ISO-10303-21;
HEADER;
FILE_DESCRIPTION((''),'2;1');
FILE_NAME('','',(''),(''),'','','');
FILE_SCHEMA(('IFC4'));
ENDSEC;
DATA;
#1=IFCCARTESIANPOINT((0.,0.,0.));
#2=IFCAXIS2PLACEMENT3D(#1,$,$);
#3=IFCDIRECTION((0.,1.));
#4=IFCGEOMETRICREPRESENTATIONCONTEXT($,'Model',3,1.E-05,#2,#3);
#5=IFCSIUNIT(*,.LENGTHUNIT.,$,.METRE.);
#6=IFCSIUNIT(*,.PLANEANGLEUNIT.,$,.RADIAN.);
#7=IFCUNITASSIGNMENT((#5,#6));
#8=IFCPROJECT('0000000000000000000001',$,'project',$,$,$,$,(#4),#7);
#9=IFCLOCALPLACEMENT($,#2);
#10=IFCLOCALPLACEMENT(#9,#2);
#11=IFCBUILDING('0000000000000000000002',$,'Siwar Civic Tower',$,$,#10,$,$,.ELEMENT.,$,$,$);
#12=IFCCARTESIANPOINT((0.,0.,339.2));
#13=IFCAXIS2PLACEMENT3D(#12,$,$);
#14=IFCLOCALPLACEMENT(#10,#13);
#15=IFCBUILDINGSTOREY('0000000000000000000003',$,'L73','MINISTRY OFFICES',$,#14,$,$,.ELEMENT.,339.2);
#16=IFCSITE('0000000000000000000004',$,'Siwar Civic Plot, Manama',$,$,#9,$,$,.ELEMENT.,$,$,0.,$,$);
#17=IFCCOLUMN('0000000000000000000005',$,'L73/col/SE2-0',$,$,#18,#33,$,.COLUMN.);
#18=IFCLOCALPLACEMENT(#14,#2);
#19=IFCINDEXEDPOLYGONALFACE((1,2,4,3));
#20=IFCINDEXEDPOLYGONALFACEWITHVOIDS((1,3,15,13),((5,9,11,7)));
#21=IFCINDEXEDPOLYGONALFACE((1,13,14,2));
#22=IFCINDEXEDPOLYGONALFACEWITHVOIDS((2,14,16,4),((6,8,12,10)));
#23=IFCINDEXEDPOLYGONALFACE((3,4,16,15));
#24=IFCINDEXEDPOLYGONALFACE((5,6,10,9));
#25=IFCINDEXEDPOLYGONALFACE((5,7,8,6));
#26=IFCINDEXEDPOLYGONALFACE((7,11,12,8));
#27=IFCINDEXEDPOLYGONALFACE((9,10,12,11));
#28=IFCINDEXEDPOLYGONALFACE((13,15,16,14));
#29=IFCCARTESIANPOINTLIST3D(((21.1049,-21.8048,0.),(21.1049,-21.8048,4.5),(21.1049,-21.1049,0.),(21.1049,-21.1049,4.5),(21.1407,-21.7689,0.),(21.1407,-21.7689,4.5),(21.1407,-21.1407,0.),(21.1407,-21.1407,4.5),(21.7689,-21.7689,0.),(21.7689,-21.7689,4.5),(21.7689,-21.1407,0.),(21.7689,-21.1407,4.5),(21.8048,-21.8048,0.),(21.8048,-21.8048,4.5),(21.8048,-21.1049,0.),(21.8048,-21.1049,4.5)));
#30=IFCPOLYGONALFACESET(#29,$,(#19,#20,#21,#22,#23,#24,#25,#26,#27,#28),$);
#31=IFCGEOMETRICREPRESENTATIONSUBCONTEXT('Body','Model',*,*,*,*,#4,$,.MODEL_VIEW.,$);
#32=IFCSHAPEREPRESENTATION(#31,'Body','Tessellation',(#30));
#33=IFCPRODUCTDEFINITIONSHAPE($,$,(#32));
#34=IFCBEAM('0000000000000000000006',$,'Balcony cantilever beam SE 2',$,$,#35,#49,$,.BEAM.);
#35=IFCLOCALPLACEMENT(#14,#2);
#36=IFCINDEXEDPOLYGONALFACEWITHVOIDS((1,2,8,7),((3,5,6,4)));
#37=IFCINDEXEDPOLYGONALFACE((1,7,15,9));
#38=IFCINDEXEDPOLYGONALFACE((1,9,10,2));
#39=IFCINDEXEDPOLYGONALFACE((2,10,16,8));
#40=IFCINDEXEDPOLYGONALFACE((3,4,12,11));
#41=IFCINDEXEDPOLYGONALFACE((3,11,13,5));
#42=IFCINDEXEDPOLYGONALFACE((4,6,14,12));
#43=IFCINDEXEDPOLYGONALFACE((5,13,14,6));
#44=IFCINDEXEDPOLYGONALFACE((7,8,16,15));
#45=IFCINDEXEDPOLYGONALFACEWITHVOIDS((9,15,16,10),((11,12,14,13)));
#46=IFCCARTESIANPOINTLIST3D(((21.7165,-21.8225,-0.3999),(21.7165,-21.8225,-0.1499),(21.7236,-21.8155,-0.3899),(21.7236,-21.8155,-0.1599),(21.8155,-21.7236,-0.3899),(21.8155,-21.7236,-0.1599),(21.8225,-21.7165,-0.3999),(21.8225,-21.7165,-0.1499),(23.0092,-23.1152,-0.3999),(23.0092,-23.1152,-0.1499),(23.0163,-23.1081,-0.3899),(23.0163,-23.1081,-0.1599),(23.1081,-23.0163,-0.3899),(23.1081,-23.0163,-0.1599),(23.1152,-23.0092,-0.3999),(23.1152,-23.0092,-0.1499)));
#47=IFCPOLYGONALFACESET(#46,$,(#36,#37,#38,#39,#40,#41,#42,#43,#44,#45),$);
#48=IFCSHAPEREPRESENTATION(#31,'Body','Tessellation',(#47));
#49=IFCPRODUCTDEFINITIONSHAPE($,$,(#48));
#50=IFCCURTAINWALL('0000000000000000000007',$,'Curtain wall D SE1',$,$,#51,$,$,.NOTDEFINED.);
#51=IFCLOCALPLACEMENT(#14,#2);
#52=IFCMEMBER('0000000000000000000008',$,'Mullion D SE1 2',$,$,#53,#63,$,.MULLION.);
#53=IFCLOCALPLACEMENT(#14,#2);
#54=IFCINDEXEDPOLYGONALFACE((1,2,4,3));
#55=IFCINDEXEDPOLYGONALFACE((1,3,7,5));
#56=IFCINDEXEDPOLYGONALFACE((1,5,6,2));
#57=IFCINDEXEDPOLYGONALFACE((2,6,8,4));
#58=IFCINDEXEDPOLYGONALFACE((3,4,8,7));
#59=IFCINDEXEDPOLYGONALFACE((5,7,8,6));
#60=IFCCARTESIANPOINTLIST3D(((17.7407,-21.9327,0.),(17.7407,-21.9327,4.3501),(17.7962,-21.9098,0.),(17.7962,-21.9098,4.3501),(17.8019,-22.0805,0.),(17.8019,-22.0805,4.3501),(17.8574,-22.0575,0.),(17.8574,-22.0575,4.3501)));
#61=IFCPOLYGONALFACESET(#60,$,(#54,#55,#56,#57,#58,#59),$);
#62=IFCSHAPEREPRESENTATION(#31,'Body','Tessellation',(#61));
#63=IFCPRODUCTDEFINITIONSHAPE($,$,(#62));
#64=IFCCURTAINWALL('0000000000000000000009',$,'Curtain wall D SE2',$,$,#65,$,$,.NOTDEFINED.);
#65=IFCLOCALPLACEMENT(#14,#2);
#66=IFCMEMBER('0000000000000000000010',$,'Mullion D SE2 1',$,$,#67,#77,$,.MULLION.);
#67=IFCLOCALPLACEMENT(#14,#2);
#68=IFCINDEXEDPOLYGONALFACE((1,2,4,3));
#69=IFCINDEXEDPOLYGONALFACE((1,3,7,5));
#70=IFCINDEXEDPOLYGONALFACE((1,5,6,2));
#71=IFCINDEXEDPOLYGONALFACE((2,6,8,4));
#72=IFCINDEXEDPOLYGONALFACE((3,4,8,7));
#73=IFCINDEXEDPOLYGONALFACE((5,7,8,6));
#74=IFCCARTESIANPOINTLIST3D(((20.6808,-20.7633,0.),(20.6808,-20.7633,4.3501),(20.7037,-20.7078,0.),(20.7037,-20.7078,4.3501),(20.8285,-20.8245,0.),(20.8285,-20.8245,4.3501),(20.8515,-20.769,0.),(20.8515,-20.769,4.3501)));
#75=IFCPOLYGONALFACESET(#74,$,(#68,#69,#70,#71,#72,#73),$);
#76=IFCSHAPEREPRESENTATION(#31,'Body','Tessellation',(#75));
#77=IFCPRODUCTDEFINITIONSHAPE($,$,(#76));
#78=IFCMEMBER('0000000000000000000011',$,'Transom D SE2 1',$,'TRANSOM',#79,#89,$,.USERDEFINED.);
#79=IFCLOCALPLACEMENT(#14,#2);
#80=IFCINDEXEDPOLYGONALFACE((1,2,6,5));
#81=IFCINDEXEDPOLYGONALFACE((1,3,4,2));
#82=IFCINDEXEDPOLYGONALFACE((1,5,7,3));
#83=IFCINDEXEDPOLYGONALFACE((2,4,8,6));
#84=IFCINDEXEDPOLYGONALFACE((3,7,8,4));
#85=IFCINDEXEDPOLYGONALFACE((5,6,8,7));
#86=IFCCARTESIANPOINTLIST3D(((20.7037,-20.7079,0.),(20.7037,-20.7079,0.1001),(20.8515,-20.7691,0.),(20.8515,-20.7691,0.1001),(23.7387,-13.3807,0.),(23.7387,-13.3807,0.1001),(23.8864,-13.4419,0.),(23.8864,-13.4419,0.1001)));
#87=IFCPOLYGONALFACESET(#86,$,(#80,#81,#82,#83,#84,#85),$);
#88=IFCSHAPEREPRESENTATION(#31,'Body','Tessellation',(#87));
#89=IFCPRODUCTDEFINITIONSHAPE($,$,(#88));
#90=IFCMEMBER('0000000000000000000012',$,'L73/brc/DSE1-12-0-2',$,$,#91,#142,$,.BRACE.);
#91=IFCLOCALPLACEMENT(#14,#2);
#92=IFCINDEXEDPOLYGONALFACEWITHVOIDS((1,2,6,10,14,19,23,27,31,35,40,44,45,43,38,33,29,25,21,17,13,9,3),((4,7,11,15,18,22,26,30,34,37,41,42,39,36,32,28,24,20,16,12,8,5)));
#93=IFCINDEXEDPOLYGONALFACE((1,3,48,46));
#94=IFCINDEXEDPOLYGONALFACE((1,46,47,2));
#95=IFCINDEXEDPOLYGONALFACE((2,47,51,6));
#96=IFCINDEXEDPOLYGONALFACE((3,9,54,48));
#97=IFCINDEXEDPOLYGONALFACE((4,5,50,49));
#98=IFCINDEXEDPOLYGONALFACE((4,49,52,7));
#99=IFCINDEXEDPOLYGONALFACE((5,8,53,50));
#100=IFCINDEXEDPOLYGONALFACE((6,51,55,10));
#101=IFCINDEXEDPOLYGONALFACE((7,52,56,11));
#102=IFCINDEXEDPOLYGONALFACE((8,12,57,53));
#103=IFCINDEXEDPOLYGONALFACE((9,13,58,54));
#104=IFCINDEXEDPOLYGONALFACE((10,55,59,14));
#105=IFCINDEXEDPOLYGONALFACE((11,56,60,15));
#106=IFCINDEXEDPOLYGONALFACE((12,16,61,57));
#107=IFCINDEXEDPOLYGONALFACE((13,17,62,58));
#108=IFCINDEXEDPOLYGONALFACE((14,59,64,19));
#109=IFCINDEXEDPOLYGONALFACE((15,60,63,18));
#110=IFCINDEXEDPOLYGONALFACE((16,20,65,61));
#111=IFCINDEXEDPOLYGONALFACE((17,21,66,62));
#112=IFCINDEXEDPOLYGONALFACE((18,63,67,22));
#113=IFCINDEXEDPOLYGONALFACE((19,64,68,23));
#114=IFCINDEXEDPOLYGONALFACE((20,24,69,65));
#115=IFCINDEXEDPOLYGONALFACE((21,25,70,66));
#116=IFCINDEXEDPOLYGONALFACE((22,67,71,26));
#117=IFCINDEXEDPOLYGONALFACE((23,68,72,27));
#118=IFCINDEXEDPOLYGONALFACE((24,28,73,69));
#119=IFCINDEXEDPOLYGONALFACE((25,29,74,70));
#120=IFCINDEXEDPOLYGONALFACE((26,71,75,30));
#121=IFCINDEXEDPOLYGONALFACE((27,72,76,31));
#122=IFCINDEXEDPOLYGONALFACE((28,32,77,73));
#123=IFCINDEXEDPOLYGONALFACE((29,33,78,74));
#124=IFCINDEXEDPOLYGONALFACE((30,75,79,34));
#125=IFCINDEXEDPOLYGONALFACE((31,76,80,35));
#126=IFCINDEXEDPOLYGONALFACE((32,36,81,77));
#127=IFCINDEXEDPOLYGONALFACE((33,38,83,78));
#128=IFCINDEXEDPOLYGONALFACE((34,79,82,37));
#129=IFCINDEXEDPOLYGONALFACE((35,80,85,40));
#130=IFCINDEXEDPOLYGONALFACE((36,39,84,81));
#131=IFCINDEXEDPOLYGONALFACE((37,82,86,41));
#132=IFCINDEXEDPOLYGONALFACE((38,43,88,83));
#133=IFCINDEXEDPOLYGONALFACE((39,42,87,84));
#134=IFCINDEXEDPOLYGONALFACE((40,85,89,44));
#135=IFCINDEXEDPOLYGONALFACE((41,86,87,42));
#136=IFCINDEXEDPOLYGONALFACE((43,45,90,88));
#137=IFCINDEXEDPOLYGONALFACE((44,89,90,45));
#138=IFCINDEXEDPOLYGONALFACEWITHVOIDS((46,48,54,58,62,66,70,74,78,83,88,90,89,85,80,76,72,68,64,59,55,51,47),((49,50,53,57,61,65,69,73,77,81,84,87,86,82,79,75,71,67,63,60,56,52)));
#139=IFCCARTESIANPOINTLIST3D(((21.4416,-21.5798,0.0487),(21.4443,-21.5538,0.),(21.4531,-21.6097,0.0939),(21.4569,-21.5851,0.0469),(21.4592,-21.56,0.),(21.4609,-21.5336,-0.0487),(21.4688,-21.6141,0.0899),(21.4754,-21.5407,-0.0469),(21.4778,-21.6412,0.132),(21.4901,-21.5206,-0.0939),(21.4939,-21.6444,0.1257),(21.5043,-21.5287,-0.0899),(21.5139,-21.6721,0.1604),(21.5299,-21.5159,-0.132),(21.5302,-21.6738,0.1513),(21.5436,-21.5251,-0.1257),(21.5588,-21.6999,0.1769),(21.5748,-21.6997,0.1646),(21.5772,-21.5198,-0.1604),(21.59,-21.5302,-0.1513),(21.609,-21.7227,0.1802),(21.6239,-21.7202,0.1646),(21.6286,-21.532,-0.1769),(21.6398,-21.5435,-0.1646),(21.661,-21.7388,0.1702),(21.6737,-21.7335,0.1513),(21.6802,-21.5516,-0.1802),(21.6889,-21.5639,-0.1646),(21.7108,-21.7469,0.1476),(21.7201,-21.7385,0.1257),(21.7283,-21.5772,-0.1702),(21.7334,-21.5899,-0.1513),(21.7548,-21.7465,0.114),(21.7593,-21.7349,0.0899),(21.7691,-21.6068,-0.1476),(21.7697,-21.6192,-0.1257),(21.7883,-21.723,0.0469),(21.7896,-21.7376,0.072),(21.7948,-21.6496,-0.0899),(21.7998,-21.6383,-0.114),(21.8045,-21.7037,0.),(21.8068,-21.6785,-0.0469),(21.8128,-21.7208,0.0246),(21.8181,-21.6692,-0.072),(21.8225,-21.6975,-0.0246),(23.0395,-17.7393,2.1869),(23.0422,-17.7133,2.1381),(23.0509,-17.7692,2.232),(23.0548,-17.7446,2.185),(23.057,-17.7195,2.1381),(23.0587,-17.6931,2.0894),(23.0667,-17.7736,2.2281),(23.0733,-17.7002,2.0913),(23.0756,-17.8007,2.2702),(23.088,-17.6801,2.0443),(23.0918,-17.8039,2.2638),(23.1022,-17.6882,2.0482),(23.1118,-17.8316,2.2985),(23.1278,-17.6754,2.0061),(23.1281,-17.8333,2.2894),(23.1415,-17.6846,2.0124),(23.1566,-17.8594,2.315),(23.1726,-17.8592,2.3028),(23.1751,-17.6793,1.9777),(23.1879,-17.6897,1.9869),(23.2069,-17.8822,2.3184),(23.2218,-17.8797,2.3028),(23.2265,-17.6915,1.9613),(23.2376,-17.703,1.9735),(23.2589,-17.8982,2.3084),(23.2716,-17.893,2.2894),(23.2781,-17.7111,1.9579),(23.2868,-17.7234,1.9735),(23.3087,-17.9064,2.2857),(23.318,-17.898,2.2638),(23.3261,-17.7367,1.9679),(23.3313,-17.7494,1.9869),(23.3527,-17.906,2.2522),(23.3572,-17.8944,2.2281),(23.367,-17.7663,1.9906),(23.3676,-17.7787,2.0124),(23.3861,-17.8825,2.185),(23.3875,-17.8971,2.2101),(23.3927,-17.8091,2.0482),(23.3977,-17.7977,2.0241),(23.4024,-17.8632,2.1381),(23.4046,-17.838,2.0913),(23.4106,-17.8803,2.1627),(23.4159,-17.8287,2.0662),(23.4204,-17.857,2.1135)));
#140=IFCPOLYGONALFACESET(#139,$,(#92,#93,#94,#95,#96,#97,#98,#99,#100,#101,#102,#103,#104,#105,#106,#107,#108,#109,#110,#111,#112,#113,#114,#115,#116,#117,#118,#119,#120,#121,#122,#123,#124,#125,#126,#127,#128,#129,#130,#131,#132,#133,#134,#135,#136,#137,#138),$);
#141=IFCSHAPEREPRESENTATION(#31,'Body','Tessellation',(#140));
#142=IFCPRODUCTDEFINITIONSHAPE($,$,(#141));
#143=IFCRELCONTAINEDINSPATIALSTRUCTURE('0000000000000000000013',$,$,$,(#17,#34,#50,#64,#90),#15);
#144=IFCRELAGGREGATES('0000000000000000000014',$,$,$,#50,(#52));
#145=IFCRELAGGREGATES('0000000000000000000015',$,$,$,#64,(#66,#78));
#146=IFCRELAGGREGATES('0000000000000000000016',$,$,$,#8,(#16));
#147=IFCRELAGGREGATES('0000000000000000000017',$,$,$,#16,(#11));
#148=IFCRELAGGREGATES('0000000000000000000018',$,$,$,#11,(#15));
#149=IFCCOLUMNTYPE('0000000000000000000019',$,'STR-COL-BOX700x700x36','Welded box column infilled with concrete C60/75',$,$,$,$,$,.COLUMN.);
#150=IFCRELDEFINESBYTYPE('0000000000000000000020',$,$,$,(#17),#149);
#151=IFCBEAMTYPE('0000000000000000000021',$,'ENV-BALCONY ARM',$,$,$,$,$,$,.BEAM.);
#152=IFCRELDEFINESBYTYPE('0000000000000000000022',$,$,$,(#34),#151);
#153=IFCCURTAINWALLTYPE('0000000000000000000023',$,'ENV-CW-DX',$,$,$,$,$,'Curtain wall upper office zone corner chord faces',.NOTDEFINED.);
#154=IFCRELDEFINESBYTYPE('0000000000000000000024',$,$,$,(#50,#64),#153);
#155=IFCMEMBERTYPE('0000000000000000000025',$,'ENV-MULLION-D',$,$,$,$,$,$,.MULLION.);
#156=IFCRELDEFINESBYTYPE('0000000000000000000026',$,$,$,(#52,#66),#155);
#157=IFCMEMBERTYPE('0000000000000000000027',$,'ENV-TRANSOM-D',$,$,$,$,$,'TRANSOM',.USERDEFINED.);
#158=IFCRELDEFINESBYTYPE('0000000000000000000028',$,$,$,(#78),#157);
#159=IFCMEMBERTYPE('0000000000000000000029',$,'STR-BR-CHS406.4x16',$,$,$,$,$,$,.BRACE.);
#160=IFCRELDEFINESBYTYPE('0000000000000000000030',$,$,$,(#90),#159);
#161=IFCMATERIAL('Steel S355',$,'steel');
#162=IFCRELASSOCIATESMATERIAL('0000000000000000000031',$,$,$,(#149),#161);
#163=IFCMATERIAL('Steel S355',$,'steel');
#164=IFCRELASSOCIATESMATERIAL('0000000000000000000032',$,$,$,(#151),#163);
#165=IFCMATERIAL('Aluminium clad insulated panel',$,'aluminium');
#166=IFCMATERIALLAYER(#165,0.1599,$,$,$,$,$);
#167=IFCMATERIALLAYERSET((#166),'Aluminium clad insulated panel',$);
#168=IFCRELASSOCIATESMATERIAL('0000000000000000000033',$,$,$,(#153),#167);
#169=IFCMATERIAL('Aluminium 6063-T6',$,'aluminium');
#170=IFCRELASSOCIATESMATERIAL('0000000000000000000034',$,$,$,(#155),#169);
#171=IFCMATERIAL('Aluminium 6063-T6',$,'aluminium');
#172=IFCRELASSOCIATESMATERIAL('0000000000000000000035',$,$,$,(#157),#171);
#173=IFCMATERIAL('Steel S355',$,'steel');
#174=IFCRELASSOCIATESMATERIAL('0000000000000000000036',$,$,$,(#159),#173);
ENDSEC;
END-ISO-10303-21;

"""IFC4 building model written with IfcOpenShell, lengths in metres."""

from ifc_helpers import new_model, si_unit, direction, frame, origin, origin_2d, place, context, subcontext, project, spatial, rectangle, hollow_rectangle, hollow_circle, extrude, material, layer, layer_set, material_profile, profile_set, type_object, element, aggregate, save


model = new_model("IFC4")

# Units and contexts
model_context = context("Model", 3, precision=1e-05, world=origin(), true_north=direction((0.0, 1.0)))
body_context = subcontext(model_context, "Body", "Model", "MODEL_VIEW")
ifc_project = project(units=[si_unit("LENGTHUNIT", "METRE"), si_unit("PLANEANGLEUNIT", "RADIAN")], contexts=[model_context])

# Site, building, storey
site_placement = place(None, origin())
site = spatial("IfcSite", under=ifc_project, at=site_placement, Name="Siwar Civic Plot, Manama", CompositionType="ELEMENT", RefElevation=0.0)
building_placement = place(site_placement, origin())
building = spatial("IfcBuilding", under=site, at=building_placement, Name="Siwar Civic Tower", CompositionType="ELEMENT")
storey_placement = place(building_placement, frame((0.0, 0.0, 339.2)))
storey = spatial("IfcBuildingStorey", under=building, at=storey_placement, Name="L73", Description="MINISTRY OFFICES", CompositionType="ELEMENT", Elevation=339.2)

# Column
ifc_material_1 = material(Name="Steel S355", Category="steel")
ifc_material_profile_1 = material_profile(ifc_material_1, hollow_rectangle(XDim=0.7, YDim=0.7, WallThickness=0.0359, at=origin_2d()), Name="BOX700x700x36")
ifc_profile_set_1 = profile_set([ifc_material_profile_1], Name="Steel S355")
column_type = type_object("IfcColumnType", Name="STR-COL-BOX700x700x36", Description="Welded box column infilled with concrete C60/75", PredefinedType="COLUMN", material=ifc_profile_set_1)
column_placement = place(storey_placement, frame((21.4548, -21.4548, 0.0), z_axis=(0.0, 0.0, 1.0), x_axis=(1.0, 0.0, 0.0)))
element("IfcColumn", 1, at=column_placement, inside=storey, type_object=column_type, Name="L73/col/SE2-0", PredefinedType="COLUMN", context=body_context, shape_type="SweptSolid", body=[
    extrude(hollow_rectangle(XDim=0.7, YDim=0.7, WallThickness=0.0359, at=origin_2d()), origin(), (0.0, 0.0, 1.0), 4.5),
])

# Beam
ifc_material_2 = material(Name="Steel S355", Category="steel")
ifc_material_profile_2 = material_profile(ifc_material_2, hollow_rectangle(XDim=0.1499, YDim=0.25, WallThickness=0.01, at=origin_2d()), Name="RHS250x150x10")
ifc_profile_set_2 = profile_set([ifc_material_profile_2], Name="Steel S355")
beam_type_1 = type_object("IfcBeamType", Name="ENV-BALCONY ARM", PredefinedType="BEAM", material=ifc_profile_set_2)
beam_1_placement = place(storey_placement, frame((21.7695, -21.7695, -0.2749), z_axis=(0.707107, -0.707107, 0.0), x_axis=(0.707107, 0.707107, 0.0)))
element("IfcBeam", 2, at=beam_1_placement, inside=storey, type_object=beam_type_1, Name="Balcony cantilever beam SE 2", PredefinedType="BEAM", context=body_context, shape_type="SweptSolid", body=[
    extrude(hollow_rectangle(XDim=0.1499, YDim=0.25, WallThickness=0.01, at=origin_2d()), origin(), (0.0, 0.0, 1.0), 1.8281),
])

# Curtain wall, member
ifc_material_3 = material(Name="Aluminium clad insulated panel", Category="aluminium")
ifc_layer_1 = layer(ifc_material_3, 0.1599)
ifc_layer_set_1 = layer_set([ifc_layer_1], Name="Aluminium clad insulated panel")
curtain_wall_type = type_object("IfcCurtainWallType", Name="ENV-CW-DX", ElementType="Curtain wall upper office zone corner chord faces", PredefinedType="NOTDEFINED", material=ifc_layer_set_1)
curtain_wall_1_placement = place(storey_placement, origin())
curtain_wall_1 = element("IfcCurtainWall", 3, at=curtain_wall_1_placement, inside=storey, type_object=curtain_wall_type, Name="Curtain wall D SE1", PredefinedType="NOTDEFINED")
ifc_material_4 = material(Name="Aluminium 6063-T6", Category="aluminium")
ifc_material_profile_3 = material_profile(ifc_material_4, rectangle(XDim=0.1599, YDim=0.0601, at=origin_2d()), Name="AL 160x60")
ifc_profile_set_3 = profile_set([ifc_material_profile_3], Name="Aluminium 6063-T6")
member_type_1 = type_object("IfcMemberType", Name="ENV-MULLION-D", PredefinedType="MULLION", material=ifc_profile_set_3)
member_1_placement = place(storey_placement, frame((17.7991, -21.9951, 0.0), z_axis=(0.0, 0.0, 1.0), x_axis=(-0.382683, 0.92388, 0.0)))
member_1 = element("IfcMember", 4, at=member_1_placement, type_object=member_type_1, Name="Mullion D SE1 2", PredefinedType="MULLION", context=body_context, shape_type="SweptSolid", body=[
    extrude(rectangle(XDim=0.1599, YDim=0.0601, at=origin_2d()), origin(), (0.0, 0.0, 1.0), 4.3501),
])

# Curtain wall, members
curtain_wall_2_placement = place(storey_placement, origin())
curtain_wall_2 = element("IfcCurtainWall", 5, at=curtain_wall_2_placement, inside=storey, type_object=curtain_wall_type, Name="Curtain wall D SE2", PredefinedType="NOTDEFINED")
member_2_placement = place(storey_placement, frame((20.7661, -20.7661, 0.0), z_axis=(0.0, 0.0, 1.0), x_axis=(-0.92388, 0.382683, 0.0)))
member_2 = element("IfcMember", 6, at=member_2_placement, type_object=member_type_1, Name="Mullion D SE2 1", PredefinedType="MULLION", context=body_context, shape_type="SweptSolid", body=[
    extrude(rectangle(XDim=0.1599, YDim=0.0601, at=origin_2d()), origin(), (0.0, 0.0, 1.0), 4.3501),
])
ifc_material_5 = material(Name="Aluminium 6063-T6", Category="aluminium")
ifc_material_profile_4 = material_profile(ifc_material_5, rectangle(XDim=0.1599, YDim=0.1001, at=origin_2d()), Name="AL 160x100")
ifc_profile_set_4 = profile_set([ifc_material_profile_4], Name="Aluminium 6063-T6")
member_type_2 = type_object("IfcMemberType", Name="ENV-TRANSOM-D", ElementType="TRANSOM", PredefinedType="USERDEFINED", material=ifc_profile_set_4)
member_3_placement = place(storey_placement, frame((20.7776, -20.7385, 0.05), z_axis=(0.382674, 0.923884, 0.0), x_axis=(-0.923884, 0.382674, 0.0)))
member_3 = element("IfcMember", 7, at=member_3_placement, type_object=member_type_2, Name="Transom D SE2 1", ObjectType="TRANSOM", PredefinedType="USERDEFINED", context=body_context, shape_type="SweptSolid", body=[
    extrude(rectangle(XDim=0.1599, YDim=0.1001, at=origin_2d()), origin(), (0.0, 0.0, 1.0), 7.9309),
])

# Member
ifc_material_6 = material(Name="Steel S355", Category="steel")
ifc_material_profile_5 = material_profile(ifc_material_6, hollow_circle(Radius=0.2031, WallThickness=0.0161, at=origin_2d()), Name="CHS406.4x16")
ifc_profile_set_5 = profile_set([ifc_material_profile_5], Name="Steel S355")
member_type_3 = type_object("IfcMemberType", Name="STR-BR-CHS406.4x16", PredefinedType="BRACE", material=ifc_profile_set_5)
member_4_placement = place(storey_placement, frame((21.6318, -21.6318, 0.0), z_axis=(0.341644, 0.821147, 0.457161), x_axis=(-0.923276, 0.384136, 0.0)))
element("IfcMember", 8, at=member_4_placement, inside=storey, type_object=member_type_3, Name="L73/brc/DSE1-12-0-2", PredefinedType="BRACE", context=body_context, shape_type="SweptSolid", body=[
    extrude(hollow_circle(Radius=0.2031, WallThickness=0.0161, at=origin_2d()), origin(), (0.0, 0.0, 1.0), 4.677),
])

aggregate(curtain_wall_1, [member_1])
aggregate(curtain_wall_2, [member_2, member_3])

save(model, "model.ifc")
